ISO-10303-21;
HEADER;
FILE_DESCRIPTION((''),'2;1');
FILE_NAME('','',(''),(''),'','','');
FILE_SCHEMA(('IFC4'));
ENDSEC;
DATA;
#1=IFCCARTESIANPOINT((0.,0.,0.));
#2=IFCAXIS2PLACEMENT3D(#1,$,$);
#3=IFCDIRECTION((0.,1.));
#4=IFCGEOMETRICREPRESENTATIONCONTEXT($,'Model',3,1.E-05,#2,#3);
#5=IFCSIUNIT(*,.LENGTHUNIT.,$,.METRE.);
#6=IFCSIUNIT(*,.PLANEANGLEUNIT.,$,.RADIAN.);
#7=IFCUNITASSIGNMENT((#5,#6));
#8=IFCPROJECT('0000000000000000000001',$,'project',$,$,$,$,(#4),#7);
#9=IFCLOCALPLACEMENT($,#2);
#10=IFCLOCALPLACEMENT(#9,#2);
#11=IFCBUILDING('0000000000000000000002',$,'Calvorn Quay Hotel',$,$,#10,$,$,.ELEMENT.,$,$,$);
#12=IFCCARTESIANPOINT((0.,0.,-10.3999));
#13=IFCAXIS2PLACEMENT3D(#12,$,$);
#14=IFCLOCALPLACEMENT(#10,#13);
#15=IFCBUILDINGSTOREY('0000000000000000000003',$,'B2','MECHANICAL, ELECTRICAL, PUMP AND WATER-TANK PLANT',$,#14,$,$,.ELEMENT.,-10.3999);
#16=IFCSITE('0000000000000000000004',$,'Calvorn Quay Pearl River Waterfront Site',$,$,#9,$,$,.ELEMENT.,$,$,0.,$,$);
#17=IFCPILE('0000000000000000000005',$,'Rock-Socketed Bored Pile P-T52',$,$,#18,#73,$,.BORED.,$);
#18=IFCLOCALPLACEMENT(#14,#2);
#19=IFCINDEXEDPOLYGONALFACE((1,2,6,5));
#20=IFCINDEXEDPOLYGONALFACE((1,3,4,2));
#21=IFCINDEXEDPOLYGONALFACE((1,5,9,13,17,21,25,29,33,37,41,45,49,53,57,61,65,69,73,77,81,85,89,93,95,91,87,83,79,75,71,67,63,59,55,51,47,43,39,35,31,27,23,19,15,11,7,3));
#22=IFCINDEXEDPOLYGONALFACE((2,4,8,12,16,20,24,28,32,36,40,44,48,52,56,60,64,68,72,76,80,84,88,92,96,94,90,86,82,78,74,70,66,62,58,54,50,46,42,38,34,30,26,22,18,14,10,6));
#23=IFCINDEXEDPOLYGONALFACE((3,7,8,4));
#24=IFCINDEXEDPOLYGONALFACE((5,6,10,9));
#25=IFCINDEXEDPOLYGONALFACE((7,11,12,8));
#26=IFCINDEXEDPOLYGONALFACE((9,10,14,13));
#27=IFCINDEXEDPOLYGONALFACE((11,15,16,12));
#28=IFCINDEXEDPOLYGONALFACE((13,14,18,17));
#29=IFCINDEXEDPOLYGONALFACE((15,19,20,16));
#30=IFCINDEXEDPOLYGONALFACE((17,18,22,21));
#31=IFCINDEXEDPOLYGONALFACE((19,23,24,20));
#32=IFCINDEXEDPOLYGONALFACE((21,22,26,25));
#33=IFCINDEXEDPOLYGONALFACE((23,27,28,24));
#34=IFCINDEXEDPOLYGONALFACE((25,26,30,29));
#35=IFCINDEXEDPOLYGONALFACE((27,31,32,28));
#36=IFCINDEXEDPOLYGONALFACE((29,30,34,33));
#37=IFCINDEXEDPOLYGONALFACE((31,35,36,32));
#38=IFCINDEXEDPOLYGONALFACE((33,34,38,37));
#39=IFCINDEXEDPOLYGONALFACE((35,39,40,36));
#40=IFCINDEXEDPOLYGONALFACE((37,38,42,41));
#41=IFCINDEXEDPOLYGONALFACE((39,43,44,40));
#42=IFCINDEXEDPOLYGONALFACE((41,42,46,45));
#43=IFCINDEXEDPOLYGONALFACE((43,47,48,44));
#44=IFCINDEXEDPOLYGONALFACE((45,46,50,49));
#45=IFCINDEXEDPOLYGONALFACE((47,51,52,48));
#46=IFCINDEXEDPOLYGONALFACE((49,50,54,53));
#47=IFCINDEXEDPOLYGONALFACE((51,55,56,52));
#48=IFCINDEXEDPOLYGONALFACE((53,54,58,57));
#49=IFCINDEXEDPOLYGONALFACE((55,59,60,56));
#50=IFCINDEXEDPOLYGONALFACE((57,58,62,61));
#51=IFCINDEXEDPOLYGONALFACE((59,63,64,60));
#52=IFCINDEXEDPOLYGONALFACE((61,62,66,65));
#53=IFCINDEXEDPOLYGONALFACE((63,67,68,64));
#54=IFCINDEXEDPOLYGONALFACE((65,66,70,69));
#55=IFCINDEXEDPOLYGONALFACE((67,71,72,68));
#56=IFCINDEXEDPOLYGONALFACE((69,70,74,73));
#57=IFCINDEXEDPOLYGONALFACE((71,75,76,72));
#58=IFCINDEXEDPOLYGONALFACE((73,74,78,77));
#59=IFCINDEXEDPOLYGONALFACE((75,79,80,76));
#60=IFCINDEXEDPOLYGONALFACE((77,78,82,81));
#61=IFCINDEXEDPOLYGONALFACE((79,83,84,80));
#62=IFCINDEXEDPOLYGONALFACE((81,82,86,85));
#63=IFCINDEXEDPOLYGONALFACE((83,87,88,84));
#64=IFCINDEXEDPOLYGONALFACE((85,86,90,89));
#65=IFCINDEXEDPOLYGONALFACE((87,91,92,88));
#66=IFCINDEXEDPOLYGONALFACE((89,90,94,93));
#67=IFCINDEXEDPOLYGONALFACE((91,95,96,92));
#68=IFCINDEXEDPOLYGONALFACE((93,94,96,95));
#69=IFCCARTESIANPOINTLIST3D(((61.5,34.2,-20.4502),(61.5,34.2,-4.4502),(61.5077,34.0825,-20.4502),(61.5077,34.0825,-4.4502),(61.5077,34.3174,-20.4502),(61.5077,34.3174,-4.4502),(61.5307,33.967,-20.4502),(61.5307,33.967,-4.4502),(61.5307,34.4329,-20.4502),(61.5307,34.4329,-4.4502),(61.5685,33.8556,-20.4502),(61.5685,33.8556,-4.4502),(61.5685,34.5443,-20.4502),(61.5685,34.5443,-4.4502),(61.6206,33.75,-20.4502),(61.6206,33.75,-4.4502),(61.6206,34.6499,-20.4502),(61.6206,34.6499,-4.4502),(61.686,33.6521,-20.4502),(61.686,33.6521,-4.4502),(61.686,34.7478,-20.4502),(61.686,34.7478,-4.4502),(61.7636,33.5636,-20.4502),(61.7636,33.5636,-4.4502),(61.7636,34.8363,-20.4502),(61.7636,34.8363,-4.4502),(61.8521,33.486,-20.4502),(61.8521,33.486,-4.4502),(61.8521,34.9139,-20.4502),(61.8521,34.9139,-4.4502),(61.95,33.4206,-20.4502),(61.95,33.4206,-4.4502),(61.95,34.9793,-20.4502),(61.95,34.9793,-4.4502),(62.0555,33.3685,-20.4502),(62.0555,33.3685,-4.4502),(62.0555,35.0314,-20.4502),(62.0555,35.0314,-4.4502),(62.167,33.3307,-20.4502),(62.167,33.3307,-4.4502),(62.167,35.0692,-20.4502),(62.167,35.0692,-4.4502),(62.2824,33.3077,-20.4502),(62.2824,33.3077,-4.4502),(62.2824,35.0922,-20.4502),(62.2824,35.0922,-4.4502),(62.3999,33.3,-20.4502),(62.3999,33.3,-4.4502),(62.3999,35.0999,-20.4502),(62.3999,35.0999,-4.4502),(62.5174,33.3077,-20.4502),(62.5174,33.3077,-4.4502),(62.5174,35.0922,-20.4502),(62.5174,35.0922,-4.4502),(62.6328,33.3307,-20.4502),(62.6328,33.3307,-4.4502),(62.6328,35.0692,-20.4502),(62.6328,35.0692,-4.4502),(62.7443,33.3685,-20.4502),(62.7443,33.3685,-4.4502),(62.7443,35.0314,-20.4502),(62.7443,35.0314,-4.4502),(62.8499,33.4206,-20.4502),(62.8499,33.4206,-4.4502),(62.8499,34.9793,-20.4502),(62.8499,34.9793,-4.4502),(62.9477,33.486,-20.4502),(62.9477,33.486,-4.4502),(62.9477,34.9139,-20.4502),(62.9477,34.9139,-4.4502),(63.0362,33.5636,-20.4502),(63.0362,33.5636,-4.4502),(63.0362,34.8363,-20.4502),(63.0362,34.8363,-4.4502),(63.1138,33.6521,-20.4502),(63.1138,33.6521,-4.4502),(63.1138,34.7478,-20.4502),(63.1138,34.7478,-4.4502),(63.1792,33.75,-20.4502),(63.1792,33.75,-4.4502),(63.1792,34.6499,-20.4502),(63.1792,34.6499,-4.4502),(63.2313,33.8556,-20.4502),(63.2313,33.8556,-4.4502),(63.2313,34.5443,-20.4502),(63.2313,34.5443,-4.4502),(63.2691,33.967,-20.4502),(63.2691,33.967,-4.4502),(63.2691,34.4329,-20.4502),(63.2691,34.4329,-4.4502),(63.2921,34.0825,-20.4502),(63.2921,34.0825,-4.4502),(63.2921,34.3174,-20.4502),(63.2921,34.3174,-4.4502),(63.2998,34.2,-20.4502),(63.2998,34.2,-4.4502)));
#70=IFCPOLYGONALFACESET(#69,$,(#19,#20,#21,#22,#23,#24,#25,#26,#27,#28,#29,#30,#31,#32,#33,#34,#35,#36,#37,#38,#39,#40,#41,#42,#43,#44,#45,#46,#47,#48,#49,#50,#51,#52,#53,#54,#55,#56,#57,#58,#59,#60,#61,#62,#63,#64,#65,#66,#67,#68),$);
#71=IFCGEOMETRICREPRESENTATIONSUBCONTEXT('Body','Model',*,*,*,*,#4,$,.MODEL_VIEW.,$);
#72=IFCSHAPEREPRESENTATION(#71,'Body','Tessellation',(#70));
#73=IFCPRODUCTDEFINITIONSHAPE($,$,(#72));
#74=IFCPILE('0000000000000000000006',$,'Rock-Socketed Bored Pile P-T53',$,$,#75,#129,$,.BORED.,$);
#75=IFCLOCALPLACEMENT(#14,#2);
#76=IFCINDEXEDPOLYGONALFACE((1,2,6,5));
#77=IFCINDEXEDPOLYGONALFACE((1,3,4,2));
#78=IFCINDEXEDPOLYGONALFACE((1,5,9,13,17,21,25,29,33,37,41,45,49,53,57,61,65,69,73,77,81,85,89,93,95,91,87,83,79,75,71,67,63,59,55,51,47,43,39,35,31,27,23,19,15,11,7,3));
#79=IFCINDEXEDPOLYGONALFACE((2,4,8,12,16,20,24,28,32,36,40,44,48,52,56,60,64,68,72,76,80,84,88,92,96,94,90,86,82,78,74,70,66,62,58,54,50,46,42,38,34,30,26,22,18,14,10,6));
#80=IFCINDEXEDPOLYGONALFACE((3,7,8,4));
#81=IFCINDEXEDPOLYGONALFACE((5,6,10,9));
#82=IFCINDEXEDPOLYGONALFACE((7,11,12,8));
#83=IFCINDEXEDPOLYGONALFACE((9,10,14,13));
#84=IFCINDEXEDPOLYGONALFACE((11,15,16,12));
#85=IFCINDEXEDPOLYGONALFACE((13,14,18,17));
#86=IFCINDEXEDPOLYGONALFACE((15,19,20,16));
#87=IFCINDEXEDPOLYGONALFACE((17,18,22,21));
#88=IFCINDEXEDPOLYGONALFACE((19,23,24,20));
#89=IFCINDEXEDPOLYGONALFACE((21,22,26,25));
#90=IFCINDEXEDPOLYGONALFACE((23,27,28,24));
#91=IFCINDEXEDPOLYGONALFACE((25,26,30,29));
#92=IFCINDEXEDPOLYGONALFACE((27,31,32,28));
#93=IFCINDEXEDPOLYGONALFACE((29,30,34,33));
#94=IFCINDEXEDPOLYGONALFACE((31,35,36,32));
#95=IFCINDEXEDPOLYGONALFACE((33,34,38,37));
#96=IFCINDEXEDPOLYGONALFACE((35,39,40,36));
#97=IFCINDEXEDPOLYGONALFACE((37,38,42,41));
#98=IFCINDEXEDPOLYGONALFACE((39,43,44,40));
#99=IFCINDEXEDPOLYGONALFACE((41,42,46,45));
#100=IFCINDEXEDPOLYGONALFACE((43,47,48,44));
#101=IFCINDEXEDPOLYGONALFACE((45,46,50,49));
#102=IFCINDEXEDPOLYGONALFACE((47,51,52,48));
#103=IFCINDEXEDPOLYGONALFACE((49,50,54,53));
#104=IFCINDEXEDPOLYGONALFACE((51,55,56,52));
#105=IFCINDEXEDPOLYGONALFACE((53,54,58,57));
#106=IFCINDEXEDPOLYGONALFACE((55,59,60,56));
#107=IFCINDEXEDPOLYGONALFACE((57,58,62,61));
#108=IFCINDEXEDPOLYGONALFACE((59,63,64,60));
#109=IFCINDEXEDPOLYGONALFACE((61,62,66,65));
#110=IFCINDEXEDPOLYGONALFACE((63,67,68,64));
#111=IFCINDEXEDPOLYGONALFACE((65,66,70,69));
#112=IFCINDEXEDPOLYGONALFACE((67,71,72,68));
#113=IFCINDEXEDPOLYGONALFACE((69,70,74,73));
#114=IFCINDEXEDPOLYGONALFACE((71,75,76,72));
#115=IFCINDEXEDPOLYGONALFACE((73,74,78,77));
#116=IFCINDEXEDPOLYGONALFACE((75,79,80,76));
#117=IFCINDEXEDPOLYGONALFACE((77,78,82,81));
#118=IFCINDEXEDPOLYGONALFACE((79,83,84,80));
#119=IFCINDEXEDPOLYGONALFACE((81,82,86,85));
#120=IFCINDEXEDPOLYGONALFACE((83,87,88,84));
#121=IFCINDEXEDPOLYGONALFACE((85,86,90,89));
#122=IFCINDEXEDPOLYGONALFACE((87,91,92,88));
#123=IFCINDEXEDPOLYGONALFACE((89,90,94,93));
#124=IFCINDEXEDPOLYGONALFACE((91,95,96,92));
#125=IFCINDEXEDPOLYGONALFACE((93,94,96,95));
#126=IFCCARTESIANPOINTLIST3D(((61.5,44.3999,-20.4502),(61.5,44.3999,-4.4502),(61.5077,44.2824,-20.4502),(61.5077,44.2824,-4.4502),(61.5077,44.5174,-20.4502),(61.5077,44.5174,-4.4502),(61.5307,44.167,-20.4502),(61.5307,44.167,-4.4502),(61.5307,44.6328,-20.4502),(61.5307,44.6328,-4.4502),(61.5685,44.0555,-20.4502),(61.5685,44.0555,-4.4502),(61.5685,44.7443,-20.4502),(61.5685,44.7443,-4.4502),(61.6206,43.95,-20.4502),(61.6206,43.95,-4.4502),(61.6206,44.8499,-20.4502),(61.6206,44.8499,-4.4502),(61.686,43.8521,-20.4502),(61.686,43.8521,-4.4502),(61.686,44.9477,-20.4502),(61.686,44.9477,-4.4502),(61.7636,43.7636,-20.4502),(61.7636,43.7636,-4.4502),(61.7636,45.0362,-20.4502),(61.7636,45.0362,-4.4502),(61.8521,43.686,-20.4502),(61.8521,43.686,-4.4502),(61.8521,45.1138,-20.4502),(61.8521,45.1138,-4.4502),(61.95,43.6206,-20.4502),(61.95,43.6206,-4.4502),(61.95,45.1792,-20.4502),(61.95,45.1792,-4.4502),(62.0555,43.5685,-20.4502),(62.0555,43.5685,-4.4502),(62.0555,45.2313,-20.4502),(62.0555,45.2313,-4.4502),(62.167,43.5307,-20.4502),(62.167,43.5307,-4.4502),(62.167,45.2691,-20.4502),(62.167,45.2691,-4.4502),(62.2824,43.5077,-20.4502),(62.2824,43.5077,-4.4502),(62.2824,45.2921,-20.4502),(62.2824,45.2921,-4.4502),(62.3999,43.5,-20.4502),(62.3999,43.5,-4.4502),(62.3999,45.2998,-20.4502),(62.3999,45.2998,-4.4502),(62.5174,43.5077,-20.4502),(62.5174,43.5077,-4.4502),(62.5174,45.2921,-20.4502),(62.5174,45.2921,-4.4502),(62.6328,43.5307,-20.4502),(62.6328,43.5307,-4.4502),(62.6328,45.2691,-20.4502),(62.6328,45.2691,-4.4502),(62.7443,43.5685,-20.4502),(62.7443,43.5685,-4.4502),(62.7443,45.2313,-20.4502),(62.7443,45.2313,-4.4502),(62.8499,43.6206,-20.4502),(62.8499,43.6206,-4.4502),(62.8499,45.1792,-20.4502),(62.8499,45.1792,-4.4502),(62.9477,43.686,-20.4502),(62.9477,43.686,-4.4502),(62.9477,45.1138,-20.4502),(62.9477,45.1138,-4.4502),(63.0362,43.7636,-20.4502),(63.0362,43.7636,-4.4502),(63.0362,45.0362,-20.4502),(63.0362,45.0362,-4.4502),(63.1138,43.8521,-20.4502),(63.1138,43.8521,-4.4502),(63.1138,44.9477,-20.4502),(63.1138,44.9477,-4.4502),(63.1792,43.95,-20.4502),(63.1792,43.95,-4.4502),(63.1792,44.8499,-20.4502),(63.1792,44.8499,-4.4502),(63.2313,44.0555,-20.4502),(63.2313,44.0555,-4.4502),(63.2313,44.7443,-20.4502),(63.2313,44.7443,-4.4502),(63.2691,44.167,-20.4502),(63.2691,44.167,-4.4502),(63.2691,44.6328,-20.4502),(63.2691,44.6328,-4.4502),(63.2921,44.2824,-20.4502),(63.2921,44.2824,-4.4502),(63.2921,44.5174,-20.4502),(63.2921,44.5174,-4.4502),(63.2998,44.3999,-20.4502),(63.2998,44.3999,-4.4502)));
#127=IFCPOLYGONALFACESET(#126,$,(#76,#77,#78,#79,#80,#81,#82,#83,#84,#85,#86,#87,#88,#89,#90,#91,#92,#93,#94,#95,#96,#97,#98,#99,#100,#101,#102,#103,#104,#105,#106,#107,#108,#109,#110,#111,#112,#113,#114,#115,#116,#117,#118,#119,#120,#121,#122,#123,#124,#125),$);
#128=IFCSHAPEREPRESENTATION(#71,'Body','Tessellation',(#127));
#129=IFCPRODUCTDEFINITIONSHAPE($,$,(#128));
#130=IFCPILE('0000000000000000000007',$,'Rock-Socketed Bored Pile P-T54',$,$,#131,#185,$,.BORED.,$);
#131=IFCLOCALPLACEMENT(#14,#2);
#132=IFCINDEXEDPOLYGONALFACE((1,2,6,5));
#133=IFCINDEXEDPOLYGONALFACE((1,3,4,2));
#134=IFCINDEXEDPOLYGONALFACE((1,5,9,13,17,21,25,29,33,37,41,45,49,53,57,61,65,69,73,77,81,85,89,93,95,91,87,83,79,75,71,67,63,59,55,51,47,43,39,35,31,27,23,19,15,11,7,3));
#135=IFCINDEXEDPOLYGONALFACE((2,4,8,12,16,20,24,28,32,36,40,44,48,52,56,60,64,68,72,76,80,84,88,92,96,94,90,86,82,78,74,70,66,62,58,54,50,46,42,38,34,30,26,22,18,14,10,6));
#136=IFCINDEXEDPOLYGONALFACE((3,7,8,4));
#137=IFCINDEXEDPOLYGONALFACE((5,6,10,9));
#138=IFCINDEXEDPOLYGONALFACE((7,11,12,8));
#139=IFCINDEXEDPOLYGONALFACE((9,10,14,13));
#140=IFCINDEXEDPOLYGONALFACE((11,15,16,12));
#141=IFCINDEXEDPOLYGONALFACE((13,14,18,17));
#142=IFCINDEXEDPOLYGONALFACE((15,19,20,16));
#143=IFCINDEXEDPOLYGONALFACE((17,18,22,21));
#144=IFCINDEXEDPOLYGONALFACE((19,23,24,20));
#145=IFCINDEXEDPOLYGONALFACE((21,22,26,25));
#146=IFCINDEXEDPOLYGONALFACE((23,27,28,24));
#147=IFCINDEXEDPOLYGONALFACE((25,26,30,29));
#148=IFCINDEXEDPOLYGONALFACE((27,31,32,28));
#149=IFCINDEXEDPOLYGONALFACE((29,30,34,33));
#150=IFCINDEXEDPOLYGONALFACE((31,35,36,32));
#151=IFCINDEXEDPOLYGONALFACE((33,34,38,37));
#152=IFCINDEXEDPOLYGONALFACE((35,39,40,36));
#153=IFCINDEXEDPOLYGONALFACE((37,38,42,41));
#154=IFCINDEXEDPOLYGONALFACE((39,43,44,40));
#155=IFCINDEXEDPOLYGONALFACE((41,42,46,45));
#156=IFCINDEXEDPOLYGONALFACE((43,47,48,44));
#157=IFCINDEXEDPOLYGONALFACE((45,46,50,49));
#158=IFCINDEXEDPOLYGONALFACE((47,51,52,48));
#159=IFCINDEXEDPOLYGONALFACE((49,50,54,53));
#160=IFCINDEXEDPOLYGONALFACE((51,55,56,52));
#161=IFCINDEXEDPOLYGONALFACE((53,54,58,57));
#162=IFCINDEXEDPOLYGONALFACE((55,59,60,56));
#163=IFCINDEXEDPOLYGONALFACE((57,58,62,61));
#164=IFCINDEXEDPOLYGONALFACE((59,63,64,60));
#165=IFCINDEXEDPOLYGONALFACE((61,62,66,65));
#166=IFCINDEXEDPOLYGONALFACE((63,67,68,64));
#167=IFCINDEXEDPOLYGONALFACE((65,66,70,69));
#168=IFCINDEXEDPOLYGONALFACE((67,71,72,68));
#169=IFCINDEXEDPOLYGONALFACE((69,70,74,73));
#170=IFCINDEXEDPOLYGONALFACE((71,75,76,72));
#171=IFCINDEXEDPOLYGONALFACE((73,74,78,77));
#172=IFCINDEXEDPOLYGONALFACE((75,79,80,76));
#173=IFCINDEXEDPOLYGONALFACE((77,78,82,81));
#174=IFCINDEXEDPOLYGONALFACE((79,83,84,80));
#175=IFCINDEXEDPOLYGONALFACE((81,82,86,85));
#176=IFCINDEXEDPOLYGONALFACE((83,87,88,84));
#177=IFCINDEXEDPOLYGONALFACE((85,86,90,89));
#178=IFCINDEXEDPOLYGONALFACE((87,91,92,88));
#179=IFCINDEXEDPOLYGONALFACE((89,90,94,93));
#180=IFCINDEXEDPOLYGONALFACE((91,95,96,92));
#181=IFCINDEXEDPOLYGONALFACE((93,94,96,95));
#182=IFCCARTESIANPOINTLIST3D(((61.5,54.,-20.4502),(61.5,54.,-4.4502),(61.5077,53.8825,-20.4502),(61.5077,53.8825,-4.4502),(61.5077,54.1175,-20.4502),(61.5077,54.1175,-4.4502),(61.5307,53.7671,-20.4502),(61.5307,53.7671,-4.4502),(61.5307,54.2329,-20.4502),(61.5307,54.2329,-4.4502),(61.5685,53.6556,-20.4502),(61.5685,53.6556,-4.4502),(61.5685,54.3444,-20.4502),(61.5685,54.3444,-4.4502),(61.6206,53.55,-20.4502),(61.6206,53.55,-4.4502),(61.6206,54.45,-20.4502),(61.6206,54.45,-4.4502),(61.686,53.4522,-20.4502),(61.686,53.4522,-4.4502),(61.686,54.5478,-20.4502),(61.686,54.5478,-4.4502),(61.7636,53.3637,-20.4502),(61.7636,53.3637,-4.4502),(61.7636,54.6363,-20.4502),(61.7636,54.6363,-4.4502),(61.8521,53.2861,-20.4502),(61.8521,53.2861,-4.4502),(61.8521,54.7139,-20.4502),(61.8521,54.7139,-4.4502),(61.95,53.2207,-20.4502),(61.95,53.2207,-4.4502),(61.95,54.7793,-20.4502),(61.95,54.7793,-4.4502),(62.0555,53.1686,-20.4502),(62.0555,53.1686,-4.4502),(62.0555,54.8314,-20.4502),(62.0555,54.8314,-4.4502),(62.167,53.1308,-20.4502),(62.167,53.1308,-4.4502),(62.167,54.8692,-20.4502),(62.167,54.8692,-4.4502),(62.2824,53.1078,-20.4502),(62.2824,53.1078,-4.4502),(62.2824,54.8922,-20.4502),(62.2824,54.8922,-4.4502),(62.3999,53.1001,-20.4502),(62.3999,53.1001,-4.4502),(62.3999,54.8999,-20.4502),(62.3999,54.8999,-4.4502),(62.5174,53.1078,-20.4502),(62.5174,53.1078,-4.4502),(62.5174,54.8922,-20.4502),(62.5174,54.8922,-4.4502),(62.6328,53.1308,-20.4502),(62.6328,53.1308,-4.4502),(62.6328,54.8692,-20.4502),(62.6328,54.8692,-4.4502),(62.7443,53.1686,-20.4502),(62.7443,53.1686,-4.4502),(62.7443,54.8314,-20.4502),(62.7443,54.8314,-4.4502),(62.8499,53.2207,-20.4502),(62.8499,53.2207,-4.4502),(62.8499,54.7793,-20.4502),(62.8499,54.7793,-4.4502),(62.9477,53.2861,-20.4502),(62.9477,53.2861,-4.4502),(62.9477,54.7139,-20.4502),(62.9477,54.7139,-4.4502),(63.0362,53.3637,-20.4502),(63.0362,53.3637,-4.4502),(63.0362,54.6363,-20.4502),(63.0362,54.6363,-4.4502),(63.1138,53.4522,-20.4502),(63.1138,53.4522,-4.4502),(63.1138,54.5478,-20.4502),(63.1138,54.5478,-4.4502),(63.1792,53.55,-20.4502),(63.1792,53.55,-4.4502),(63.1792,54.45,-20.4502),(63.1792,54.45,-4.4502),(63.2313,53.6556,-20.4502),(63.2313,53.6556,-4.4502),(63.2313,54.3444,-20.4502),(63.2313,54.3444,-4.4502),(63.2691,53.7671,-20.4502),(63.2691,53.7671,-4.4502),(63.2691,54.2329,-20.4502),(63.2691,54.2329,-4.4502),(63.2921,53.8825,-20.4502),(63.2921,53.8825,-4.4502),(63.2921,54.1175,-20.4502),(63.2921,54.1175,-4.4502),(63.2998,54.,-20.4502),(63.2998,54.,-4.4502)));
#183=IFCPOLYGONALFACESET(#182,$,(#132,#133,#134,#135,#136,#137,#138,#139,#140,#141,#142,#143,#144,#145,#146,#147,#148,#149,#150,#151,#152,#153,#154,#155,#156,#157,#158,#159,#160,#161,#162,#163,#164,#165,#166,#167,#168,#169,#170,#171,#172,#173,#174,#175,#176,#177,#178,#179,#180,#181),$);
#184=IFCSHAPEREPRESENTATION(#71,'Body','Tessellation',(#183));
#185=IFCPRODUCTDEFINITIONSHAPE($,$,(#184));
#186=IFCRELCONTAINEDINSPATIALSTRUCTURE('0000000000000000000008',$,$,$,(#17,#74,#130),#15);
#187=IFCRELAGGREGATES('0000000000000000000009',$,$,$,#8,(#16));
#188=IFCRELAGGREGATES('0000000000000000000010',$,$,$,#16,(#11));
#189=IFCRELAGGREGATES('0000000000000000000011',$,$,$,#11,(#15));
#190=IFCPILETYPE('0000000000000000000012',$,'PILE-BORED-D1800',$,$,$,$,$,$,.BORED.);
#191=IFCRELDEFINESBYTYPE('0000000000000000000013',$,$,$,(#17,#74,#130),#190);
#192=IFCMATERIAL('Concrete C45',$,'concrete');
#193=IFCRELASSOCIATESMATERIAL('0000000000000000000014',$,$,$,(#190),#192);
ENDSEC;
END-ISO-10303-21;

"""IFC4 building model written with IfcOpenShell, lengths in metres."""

from ifc_helpers import new_model, si_unit, direction, frame, origin, origin_2d, place, context, subcontext, project, spatial, circle, extrude, material, material_profile, profile_set, type_object, element, save


model = new_model("IFC4")

# Units and contexts
model_context = context("Model", 3, precision=1e-05, world=origin(), true_north=direction((0.0, 1.0)))
body_context = subcontext(model_context, "Body", "Model", "MODEL_VIEW")
ifc_project = project(units=[si_unit("LENGTHUNIT", "METRE"), si_unit("PLANEANGLEUNIT", "RADIAN")], contexts=[model_context])

# Site, building, storey
site_placement = place(None, origin())
site = spatial("IfcSite", under=ifc_project, at=site_placement, Name="Calvorn Quay Pearl River Waterfront Site", CompositionType="ELEMENT", RefElevation=0.0)
building_placement = place(site_placement, origin())
building = spatial("IfcBuilding", under=site, at=building_placement, Name="Calvorn Quay Hotel", CompositionType="ELEMENT")
storey_placement = place(building_placement, frame((0.0, 0.0, -10.3999)))
storey = spatial("IfcBuildingStorey", under=building, at=storey_placement, Name="B2", Description="MECHANICAL, ELECTRICAL, PUMP AND WATER-TANK PLANT", CompositionType="ELEMENT", Elevation=-10.3999)

# Piles
ifc_material_1 = material(Name="Concrete C45", Category="concrete")
ifc_material_profile_1 = material_profile(ifc_material_1, circle(Radius=0.8999, at=origin_2d()), Name="PILE-D1800")
ifc_profile_set_1 = profile_set([ifc_material_profile_1], Name="Concrete C45")
pile_type_1 = type_object("IfcPileType", Name="PILE-BORED-D1800", PredefinedType="BORED", material=ifc_profile_set_1)
for number, where, z_axis, x_axis, name in (
    (1, (62.3999, 34.2, -4.4502), (0.0, 0.0, -1.0), (1.0, 0.0, 0.0), "Rock-Socketed Bored Pile P-T52"),
    (2, (62.3999, 44.3999, -4.4502), (0.0, 0.0, -1.0), (1.0, 0.0, 0.0), "Rock-Socketed Bored Pile P-T53"),
    (3, (62.3999, 54.0, -4.4502), (0.0, 0.0, -1.0), (1.0, 0.0, 0.0), "Rock-Socketed Bored Pile P-T54"),
):
    element("IfcPile", number, at=place(storey_placement, frame(where, z_axis=z_axis, x_axis=x_axis)), inside=storey, type_object=pile_type_1, Name=name, PredefinedType="BORED", context=body_context, shape_type="SweptSolid", body=[
        extrude(circle(Radius=0.8999, at=origin_2d()), origin(), (0.0, 0.0, 1.0), 16.0),
    ])

save(model, "model.ifc")
